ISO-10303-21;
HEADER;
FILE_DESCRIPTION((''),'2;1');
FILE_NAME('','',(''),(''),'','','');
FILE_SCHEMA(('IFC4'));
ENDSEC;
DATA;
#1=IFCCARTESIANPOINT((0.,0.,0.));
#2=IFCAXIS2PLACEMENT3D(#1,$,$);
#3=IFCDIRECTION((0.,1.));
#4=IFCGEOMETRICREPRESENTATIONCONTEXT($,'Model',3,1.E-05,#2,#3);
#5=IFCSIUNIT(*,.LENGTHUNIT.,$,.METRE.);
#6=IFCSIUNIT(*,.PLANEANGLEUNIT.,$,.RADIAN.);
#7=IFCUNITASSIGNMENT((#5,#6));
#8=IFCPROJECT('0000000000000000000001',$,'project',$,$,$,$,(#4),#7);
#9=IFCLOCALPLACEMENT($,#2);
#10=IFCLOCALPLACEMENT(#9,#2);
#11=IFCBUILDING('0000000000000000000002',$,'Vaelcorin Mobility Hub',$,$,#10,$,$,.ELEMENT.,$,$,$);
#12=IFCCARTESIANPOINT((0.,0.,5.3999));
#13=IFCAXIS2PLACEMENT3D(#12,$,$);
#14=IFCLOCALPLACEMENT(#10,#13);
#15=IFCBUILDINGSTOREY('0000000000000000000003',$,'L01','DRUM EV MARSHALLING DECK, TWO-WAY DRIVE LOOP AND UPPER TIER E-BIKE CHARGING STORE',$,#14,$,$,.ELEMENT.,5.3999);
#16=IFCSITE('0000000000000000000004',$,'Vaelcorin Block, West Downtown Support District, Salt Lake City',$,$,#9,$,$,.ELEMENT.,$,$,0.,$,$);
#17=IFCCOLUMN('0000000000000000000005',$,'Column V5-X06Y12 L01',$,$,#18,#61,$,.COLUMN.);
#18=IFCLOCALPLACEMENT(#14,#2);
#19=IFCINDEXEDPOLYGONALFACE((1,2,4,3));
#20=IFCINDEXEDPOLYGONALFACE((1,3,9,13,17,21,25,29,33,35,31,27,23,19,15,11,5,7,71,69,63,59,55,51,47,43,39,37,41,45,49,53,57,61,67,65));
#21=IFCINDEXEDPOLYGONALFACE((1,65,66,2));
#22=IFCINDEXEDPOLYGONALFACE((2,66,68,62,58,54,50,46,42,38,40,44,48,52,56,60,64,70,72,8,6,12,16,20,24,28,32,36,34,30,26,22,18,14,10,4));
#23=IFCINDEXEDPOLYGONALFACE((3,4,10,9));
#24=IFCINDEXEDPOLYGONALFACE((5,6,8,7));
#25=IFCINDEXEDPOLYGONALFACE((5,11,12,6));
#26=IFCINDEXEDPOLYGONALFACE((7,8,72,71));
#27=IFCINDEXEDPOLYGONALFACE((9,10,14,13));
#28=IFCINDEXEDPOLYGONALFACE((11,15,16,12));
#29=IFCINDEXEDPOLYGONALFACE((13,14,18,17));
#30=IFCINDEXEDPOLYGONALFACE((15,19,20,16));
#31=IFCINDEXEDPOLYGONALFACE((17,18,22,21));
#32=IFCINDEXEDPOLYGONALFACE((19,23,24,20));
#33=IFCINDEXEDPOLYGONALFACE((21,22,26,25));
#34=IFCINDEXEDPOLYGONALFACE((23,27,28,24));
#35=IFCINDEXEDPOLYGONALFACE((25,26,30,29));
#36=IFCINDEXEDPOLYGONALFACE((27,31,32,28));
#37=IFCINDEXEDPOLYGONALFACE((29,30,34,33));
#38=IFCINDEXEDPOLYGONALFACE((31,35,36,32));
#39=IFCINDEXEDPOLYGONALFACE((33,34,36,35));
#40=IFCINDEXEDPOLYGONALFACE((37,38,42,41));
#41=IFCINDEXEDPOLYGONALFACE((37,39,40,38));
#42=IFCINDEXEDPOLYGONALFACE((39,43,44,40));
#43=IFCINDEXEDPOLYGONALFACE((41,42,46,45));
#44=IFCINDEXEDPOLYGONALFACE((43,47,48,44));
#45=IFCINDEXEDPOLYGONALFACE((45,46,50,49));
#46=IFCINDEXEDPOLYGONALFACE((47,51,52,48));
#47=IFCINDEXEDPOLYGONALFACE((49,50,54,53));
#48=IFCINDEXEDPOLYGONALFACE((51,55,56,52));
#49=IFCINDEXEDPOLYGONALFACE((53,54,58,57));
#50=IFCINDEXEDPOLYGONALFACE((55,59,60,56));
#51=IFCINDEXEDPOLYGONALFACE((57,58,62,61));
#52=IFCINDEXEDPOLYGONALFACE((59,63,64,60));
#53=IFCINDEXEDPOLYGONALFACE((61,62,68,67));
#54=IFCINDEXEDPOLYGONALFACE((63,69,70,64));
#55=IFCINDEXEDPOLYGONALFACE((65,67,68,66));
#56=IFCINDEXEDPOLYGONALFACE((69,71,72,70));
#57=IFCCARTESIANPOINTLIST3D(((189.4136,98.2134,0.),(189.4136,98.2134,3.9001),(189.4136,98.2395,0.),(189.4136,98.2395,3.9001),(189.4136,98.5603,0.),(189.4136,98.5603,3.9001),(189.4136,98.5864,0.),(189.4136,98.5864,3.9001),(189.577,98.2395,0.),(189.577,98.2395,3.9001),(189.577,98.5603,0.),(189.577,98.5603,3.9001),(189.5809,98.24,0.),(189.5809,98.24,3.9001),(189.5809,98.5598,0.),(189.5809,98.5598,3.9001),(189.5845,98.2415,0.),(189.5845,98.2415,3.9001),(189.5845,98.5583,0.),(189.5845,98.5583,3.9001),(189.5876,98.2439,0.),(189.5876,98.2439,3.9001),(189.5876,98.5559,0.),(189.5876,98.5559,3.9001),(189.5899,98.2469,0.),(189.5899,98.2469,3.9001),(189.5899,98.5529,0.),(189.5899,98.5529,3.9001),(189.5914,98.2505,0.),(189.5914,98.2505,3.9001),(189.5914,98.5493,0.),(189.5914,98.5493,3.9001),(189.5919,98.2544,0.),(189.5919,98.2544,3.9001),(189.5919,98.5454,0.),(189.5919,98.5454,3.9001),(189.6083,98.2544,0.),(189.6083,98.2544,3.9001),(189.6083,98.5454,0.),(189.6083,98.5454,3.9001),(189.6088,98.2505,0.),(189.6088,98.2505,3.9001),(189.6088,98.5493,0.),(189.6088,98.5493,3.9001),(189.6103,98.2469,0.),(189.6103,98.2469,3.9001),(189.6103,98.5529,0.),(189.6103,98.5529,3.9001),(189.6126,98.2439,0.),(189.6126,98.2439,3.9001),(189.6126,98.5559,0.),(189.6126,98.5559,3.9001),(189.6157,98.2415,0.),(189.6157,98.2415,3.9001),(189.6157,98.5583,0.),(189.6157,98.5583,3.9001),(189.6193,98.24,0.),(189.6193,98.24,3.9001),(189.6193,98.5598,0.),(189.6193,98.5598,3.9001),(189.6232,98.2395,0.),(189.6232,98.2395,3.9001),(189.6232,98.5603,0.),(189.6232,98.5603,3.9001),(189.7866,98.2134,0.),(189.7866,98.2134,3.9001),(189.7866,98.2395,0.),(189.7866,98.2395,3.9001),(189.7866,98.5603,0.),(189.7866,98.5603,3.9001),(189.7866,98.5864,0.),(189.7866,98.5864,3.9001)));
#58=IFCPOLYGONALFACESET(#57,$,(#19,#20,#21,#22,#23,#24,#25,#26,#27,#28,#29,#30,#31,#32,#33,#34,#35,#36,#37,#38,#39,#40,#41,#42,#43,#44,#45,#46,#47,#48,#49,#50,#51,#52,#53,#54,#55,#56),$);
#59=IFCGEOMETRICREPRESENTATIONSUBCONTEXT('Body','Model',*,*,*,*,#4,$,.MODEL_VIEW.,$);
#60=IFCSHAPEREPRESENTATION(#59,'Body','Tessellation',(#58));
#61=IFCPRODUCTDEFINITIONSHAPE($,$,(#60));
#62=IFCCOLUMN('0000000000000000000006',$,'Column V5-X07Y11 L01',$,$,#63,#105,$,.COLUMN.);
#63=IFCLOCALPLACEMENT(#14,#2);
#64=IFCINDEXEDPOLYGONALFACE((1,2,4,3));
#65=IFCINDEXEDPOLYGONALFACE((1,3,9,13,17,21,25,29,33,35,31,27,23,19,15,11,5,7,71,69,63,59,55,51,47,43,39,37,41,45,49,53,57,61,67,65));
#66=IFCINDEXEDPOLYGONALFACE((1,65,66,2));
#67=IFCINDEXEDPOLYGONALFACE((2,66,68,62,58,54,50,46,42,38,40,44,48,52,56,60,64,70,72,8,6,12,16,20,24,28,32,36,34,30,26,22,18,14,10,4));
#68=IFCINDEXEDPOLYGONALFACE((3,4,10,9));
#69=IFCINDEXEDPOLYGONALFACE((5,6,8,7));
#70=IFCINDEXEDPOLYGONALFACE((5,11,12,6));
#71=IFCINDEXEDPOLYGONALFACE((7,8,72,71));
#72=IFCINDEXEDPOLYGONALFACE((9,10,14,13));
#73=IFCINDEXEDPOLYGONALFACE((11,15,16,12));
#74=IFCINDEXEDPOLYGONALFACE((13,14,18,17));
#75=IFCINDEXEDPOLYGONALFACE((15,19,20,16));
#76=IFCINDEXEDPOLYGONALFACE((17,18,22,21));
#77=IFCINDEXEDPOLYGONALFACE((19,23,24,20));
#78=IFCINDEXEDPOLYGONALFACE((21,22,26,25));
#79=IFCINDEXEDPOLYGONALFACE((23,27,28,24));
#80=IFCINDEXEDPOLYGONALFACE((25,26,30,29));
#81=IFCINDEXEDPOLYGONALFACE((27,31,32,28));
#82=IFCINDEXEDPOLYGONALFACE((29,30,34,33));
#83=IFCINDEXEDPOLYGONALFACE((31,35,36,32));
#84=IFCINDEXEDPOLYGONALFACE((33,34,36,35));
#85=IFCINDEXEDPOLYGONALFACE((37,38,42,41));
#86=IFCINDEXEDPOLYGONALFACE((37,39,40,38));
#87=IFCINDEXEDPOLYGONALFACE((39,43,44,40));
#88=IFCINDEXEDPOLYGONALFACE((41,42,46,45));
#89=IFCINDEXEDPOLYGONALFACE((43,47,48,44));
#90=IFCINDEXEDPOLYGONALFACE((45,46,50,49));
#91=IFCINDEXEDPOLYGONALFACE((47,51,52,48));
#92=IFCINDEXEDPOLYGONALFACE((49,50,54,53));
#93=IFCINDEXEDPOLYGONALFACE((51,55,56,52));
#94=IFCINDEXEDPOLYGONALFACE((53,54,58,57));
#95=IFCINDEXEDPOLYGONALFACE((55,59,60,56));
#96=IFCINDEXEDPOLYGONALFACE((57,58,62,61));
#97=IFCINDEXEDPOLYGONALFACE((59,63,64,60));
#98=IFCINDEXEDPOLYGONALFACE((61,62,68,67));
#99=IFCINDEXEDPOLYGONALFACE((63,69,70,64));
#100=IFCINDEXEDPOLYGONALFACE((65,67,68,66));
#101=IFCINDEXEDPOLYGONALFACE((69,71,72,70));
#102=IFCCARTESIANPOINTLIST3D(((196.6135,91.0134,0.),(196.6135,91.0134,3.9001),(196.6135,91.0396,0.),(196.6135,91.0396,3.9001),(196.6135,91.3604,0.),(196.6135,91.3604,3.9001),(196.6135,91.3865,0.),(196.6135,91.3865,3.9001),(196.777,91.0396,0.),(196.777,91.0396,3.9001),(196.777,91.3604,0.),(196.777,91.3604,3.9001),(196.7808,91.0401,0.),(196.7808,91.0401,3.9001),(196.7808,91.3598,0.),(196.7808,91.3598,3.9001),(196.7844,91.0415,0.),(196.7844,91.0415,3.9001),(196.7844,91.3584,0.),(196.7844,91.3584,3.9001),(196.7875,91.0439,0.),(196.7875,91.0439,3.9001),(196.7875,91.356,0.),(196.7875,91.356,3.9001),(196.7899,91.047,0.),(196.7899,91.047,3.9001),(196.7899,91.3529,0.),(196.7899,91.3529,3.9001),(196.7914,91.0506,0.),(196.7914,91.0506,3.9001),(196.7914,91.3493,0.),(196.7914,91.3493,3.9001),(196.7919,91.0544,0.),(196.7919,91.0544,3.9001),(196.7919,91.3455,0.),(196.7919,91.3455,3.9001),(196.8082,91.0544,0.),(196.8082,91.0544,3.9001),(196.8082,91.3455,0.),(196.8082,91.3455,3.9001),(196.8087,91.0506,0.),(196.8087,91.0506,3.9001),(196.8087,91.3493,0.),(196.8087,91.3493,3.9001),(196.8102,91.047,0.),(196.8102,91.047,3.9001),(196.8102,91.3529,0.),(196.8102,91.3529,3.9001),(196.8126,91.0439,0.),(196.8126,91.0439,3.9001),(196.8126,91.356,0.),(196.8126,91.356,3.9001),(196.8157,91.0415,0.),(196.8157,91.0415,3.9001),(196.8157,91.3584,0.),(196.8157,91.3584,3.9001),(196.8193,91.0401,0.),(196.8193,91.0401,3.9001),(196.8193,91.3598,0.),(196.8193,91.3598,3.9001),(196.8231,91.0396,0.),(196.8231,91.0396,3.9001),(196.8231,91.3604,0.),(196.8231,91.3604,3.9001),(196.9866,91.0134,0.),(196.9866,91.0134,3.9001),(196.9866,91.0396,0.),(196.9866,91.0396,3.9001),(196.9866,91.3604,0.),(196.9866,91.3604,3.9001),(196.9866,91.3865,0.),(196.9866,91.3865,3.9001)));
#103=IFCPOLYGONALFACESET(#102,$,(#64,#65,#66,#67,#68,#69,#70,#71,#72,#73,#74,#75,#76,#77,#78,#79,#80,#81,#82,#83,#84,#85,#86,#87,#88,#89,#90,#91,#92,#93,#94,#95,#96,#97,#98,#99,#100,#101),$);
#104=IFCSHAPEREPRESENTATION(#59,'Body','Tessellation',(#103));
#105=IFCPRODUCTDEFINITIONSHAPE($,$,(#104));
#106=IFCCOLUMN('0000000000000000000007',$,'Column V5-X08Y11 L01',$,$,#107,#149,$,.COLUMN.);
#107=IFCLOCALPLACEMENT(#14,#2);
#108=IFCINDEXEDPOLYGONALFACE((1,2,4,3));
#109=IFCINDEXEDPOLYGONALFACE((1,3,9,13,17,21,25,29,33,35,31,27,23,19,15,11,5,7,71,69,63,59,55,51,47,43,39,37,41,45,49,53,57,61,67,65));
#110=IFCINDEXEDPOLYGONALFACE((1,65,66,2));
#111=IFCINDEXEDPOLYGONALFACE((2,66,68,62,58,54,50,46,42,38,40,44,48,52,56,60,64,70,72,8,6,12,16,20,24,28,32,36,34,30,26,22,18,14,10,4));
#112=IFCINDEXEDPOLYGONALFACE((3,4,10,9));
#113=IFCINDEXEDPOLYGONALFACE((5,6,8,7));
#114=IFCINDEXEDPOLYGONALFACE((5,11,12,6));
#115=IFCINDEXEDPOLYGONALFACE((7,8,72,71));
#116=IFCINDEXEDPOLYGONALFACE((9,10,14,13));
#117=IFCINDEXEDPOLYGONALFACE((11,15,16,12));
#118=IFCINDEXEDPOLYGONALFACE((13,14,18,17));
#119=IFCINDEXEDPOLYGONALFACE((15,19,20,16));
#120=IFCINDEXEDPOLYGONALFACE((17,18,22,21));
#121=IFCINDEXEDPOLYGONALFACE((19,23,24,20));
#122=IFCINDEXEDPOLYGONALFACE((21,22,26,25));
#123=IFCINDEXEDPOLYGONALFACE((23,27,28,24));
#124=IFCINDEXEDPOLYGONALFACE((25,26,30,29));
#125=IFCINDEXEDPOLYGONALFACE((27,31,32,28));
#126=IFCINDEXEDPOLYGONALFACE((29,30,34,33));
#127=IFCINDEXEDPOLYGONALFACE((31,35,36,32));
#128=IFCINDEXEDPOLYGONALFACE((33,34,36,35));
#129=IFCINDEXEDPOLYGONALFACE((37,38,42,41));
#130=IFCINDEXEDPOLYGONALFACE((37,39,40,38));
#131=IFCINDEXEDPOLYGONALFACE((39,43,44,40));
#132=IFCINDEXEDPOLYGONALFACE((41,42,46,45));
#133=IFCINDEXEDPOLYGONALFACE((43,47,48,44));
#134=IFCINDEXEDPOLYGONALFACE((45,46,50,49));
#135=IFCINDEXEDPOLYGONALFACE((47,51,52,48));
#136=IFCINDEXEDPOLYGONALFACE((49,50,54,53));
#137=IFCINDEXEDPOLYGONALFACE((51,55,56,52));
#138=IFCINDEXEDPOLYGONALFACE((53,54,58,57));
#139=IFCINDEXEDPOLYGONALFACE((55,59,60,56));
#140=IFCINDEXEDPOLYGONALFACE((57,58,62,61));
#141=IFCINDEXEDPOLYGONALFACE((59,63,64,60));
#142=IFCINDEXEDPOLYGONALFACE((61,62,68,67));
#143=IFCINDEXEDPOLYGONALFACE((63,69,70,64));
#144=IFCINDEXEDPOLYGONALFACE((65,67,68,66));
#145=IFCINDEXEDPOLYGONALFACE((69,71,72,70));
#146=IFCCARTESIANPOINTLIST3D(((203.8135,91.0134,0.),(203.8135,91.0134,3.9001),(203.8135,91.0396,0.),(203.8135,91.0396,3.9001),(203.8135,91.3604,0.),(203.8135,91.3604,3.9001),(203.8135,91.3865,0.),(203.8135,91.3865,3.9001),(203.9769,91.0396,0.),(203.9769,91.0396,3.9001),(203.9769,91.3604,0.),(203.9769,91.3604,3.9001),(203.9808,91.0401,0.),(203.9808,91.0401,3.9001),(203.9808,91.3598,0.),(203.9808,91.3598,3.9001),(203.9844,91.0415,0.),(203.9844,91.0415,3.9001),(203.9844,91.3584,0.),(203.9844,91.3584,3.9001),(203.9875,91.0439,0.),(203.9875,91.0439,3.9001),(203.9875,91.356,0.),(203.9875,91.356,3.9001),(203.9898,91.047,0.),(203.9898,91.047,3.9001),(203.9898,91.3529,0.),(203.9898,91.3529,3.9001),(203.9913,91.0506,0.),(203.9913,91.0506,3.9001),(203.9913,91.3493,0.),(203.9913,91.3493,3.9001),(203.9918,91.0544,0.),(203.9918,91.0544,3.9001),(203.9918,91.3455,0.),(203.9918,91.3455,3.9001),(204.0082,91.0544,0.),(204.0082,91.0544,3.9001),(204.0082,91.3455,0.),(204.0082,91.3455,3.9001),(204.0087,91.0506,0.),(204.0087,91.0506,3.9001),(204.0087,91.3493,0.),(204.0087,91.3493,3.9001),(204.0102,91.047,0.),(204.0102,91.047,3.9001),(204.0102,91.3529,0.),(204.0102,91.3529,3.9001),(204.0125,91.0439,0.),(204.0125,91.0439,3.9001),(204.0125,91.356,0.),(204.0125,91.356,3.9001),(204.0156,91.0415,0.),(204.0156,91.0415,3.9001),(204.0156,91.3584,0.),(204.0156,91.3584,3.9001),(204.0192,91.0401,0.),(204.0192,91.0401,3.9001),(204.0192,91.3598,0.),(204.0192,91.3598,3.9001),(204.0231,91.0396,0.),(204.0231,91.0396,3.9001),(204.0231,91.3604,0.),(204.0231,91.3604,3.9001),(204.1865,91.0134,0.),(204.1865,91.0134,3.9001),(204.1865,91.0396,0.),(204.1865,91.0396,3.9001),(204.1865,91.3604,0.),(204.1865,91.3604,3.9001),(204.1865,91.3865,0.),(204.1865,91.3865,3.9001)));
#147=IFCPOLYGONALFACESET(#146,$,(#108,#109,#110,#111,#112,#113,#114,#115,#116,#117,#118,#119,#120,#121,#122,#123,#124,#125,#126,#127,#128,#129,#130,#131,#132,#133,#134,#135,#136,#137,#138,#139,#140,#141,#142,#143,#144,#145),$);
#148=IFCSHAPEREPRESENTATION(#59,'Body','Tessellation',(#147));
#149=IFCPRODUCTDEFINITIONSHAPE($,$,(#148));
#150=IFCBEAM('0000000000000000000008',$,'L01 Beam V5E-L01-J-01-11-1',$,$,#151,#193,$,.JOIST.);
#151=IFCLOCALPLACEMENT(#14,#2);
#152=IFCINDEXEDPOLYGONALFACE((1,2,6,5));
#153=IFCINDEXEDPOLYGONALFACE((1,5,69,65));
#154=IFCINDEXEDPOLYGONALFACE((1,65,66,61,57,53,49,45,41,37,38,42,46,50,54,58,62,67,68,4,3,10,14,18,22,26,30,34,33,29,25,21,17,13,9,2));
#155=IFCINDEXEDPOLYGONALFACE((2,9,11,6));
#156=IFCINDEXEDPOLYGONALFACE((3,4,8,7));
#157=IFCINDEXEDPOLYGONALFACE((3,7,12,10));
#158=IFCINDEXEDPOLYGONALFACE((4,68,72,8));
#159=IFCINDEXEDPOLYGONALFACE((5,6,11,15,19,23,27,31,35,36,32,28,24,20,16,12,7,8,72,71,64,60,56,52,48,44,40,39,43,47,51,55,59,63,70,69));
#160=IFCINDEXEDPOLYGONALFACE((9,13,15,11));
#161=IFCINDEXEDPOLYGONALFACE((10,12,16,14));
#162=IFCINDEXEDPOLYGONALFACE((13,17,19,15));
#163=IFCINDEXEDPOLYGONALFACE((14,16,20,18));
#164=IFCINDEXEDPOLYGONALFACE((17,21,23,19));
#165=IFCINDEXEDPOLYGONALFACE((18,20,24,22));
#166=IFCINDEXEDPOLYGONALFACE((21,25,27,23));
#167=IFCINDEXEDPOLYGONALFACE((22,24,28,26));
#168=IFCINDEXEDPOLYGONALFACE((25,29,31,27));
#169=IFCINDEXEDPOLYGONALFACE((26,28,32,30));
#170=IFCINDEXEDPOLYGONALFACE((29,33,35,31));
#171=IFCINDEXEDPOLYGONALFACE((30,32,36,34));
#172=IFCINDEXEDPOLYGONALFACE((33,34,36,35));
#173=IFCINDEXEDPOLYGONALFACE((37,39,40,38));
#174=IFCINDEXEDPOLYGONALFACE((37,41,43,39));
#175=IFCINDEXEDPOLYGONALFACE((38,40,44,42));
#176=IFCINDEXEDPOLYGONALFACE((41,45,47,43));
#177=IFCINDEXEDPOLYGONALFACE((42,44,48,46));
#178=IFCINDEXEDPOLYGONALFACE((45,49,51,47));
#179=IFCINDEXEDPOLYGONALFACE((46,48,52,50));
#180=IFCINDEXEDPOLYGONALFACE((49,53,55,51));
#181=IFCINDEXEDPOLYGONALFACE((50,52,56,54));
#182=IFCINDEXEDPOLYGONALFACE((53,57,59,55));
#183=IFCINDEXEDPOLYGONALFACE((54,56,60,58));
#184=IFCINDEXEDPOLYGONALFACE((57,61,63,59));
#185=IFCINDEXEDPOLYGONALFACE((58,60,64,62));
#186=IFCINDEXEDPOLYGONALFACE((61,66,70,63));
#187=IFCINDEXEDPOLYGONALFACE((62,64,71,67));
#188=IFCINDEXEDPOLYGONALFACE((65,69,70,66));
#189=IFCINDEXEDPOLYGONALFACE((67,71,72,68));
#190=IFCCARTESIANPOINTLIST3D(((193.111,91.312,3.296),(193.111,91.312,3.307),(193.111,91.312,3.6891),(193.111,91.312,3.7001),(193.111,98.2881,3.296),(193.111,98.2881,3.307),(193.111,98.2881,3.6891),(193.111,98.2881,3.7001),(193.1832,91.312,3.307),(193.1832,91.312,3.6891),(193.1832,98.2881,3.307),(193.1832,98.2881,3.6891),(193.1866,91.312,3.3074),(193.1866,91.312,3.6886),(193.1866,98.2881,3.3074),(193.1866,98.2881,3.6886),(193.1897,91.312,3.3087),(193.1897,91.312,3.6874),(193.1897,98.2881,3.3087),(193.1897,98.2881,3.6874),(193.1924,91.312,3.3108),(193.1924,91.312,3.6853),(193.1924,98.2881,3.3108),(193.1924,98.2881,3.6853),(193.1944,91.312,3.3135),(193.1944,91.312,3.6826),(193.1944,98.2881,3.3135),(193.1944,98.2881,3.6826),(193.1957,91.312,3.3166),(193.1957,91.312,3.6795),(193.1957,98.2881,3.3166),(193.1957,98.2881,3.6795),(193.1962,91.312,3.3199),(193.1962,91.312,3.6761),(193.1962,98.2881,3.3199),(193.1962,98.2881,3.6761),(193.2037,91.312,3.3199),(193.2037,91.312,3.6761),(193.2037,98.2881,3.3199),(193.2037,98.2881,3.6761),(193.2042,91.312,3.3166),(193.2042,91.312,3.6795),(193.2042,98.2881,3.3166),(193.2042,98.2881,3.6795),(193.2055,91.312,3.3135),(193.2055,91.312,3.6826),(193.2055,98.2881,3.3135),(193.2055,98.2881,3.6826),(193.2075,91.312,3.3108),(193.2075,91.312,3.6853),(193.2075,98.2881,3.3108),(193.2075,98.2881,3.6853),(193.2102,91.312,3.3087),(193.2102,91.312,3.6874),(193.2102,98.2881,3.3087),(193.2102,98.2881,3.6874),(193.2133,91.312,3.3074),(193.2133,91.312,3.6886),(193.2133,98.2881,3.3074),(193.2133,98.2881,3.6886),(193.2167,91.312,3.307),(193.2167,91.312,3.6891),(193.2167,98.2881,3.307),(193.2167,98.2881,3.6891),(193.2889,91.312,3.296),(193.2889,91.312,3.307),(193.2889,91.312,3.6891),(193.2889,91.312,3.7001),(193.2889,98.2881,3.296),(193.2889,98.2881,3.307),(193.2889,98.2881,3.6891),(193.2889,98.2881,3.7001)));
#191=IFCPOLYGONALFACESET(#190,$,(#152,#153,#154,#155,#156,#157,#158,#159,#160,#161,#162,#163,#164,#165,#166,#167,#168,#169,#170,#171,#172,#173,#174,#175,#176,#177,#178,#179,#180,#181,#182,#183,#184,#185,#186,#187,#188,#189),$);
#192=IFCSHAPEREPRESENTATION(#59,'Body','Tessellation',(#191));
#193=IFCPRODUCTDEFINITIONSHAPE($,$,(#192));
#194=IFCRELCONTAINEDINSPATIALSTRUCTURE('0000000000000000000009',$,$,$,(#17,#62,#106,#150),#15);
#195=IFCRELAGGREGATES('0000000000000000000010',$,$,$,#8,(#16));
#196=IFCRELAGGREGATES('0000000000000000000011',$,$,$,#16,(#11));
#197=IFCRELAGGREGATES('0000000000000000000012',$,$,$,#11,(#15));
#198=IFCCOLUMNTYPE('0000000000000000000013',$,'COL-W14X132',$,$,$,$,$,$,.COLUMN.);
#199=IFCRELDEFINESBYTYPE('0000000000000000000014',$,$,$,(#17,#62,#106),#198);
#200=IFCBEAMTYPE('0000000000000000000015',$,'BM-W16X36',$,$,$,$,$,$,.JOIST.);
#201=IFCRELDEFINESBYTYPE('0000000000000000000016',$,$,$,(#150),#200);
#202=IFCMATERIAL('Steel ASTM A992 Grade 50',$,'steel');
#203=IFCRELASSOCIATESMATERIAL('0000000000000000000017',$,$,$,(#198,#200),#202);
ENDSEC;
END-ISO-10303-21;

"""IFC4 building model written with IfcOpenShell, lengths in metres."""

from ifc_helpers import new_model, si_unit, direction, frame, origin, origin_2d, place, context, subcontext, project, spatial, i_section, extrude, material, material_profile, profile_set, type_object, element, save


model = new_model("IFC4")

# Units and contexts
model_context = context("Model", 3, precision=1e-05, world=origin(), true_north=direction((0.0, 1.0)))
body_context = subcontext(model_context, "Body", "Model", "MODEL_VIEW")
ifc_project = project(units=[si_unit("LENGTHUNIT", "METRE"), si_unit("PLANEANGLEUNIT", "RADIAN")], contexts=[model_context])

# Site, building, storey
site_placement = place(None, origin())
site = spatial("IfcSite", under=ifc_project, at=site_placement, Name="Vaelcorin Block, West Downtown Support District, Salt Lake City", CompositionType="ELEMENT", RefElevation=0.0)
building_placement = place(site_placement, origin())
building = spatial("IfcBuilding", under=site, at=building_placement, Name="Vaelcorin Mobility Hub", CompositionType="ELEMENT")
storey_placement = place(building_placement, frame((0.0, 0.0, 5.3999)))
storey = spatial("IfcBuildingStorey", under=building, at=storey_placement, Name="L01", Description="DRUM EV MARSHALLING DECK, TWO-WAY DRIVE LOOP AND UPPER TIER E-BIKE CHARGING STORE", CompositionType="ELEMENT", Elevation=5.3999)

# Columns
ifc_material_1 = material(Name="Steel ASTM A992 Grade 50", Category="steel")
ifc_material_profile_1 = material_profile(ifc_material_1, i_section(OverallWidth=0.373, OverallDepth=0.373, WebThickness=0.0164, FlangeThickness=0.0261, FilletRadius=0.0149, at=origin_2d()), Name="W14X132")
ifc_profile_set_1 = profile_set([ifc_material_profile_1], Name="Steel ASTM A992 Grade 50")
column_type = type_object("IfcColumnType", Name="COL-W14X132", PredefinedType="COLUMN", material=ifc_profile_set_1)
for number, where, z_axis, x_axis, name in (
    (1, (189.6001, 98.3999, 0.0), (0.0, 0.0, 1.0), (1.0, 0.0, 0.0), "Column V5-X06Y12 L01"),
    (2, (196.8, 91.2, 0.0), (0.0, 0.0, 1.0), (1.0, 0.0, 0.0), "Column V5-X07Y11 L01"),
    (3, (204.0, 91.2, 0.0), (0.0, 0.0, 1.0), (1.0, 0.0, 0.0), "Column V5-X08Y11 L01"),
):
    element("IfcColumn", number, at=place(storey_placement, frame(where, z_axis=z_axis, x_axis=x_axis)), inside=storey, type_object=column_type, Name=name, PredefinedType="COLUMN", context=body_context, shape_type="SweptSolid", body=[
        extrude(i_section(OverallWidth=0.373, OverallDepth=0.373, WebThickness=0.0164, FlangeThickness=0.0261, FilletRadius=0.0149, at=origin_2d()), origin(), (0.0, 0.0, 1.0), 3.9001),
    ])

# Beam
ifc_material_profile_2 = material_profile(ifc_material_1, i_section(OverallWidth=0.178, OverallDepth=0.4041, WebThickness=0.0076, FlangeThickness=0.011, FilletRadius=0.0129, at=origin_2d()), Name="W16X36")
ifc_profile_set_2 = profile_set([ifc_material_profile_2], Name="Steel ASTM A992 Grade 50")
beam_type_1 = type_object("IfcBeamType", Name="BM-W16X36", PredefinedType="JOIST", material=ifc_profile_set_2)
for number, where, z_axis, x_axis, name in (
    (4, (193.2, 91.312, 3.498), (0.0, 1.0, 0.0), (-1.0, 0.0, 0.0), "L01 Beam V5E-L01-J-01-11-1"),
):
    element("IfcBeam", number, at=place(storey_placement, frame(where, z_axis=z_axis, x_axis=x_axis)), inside=storey, type_object=beam_type_1, Name=name, PredefinedType="JOIST", context=body_context, shape_type="SweptSolid", body=[
        extrude(i_section(OverallWidth=0.178, OverallDepth=0.4041, WebThickness=0.0076, FlangeThickness=0.011, FilletRadius=0.0129, at=origin_2d()), origin(), (0.0, 0.0, 1.0), 6.9761),
    ])

save(model, "model.ifc")
